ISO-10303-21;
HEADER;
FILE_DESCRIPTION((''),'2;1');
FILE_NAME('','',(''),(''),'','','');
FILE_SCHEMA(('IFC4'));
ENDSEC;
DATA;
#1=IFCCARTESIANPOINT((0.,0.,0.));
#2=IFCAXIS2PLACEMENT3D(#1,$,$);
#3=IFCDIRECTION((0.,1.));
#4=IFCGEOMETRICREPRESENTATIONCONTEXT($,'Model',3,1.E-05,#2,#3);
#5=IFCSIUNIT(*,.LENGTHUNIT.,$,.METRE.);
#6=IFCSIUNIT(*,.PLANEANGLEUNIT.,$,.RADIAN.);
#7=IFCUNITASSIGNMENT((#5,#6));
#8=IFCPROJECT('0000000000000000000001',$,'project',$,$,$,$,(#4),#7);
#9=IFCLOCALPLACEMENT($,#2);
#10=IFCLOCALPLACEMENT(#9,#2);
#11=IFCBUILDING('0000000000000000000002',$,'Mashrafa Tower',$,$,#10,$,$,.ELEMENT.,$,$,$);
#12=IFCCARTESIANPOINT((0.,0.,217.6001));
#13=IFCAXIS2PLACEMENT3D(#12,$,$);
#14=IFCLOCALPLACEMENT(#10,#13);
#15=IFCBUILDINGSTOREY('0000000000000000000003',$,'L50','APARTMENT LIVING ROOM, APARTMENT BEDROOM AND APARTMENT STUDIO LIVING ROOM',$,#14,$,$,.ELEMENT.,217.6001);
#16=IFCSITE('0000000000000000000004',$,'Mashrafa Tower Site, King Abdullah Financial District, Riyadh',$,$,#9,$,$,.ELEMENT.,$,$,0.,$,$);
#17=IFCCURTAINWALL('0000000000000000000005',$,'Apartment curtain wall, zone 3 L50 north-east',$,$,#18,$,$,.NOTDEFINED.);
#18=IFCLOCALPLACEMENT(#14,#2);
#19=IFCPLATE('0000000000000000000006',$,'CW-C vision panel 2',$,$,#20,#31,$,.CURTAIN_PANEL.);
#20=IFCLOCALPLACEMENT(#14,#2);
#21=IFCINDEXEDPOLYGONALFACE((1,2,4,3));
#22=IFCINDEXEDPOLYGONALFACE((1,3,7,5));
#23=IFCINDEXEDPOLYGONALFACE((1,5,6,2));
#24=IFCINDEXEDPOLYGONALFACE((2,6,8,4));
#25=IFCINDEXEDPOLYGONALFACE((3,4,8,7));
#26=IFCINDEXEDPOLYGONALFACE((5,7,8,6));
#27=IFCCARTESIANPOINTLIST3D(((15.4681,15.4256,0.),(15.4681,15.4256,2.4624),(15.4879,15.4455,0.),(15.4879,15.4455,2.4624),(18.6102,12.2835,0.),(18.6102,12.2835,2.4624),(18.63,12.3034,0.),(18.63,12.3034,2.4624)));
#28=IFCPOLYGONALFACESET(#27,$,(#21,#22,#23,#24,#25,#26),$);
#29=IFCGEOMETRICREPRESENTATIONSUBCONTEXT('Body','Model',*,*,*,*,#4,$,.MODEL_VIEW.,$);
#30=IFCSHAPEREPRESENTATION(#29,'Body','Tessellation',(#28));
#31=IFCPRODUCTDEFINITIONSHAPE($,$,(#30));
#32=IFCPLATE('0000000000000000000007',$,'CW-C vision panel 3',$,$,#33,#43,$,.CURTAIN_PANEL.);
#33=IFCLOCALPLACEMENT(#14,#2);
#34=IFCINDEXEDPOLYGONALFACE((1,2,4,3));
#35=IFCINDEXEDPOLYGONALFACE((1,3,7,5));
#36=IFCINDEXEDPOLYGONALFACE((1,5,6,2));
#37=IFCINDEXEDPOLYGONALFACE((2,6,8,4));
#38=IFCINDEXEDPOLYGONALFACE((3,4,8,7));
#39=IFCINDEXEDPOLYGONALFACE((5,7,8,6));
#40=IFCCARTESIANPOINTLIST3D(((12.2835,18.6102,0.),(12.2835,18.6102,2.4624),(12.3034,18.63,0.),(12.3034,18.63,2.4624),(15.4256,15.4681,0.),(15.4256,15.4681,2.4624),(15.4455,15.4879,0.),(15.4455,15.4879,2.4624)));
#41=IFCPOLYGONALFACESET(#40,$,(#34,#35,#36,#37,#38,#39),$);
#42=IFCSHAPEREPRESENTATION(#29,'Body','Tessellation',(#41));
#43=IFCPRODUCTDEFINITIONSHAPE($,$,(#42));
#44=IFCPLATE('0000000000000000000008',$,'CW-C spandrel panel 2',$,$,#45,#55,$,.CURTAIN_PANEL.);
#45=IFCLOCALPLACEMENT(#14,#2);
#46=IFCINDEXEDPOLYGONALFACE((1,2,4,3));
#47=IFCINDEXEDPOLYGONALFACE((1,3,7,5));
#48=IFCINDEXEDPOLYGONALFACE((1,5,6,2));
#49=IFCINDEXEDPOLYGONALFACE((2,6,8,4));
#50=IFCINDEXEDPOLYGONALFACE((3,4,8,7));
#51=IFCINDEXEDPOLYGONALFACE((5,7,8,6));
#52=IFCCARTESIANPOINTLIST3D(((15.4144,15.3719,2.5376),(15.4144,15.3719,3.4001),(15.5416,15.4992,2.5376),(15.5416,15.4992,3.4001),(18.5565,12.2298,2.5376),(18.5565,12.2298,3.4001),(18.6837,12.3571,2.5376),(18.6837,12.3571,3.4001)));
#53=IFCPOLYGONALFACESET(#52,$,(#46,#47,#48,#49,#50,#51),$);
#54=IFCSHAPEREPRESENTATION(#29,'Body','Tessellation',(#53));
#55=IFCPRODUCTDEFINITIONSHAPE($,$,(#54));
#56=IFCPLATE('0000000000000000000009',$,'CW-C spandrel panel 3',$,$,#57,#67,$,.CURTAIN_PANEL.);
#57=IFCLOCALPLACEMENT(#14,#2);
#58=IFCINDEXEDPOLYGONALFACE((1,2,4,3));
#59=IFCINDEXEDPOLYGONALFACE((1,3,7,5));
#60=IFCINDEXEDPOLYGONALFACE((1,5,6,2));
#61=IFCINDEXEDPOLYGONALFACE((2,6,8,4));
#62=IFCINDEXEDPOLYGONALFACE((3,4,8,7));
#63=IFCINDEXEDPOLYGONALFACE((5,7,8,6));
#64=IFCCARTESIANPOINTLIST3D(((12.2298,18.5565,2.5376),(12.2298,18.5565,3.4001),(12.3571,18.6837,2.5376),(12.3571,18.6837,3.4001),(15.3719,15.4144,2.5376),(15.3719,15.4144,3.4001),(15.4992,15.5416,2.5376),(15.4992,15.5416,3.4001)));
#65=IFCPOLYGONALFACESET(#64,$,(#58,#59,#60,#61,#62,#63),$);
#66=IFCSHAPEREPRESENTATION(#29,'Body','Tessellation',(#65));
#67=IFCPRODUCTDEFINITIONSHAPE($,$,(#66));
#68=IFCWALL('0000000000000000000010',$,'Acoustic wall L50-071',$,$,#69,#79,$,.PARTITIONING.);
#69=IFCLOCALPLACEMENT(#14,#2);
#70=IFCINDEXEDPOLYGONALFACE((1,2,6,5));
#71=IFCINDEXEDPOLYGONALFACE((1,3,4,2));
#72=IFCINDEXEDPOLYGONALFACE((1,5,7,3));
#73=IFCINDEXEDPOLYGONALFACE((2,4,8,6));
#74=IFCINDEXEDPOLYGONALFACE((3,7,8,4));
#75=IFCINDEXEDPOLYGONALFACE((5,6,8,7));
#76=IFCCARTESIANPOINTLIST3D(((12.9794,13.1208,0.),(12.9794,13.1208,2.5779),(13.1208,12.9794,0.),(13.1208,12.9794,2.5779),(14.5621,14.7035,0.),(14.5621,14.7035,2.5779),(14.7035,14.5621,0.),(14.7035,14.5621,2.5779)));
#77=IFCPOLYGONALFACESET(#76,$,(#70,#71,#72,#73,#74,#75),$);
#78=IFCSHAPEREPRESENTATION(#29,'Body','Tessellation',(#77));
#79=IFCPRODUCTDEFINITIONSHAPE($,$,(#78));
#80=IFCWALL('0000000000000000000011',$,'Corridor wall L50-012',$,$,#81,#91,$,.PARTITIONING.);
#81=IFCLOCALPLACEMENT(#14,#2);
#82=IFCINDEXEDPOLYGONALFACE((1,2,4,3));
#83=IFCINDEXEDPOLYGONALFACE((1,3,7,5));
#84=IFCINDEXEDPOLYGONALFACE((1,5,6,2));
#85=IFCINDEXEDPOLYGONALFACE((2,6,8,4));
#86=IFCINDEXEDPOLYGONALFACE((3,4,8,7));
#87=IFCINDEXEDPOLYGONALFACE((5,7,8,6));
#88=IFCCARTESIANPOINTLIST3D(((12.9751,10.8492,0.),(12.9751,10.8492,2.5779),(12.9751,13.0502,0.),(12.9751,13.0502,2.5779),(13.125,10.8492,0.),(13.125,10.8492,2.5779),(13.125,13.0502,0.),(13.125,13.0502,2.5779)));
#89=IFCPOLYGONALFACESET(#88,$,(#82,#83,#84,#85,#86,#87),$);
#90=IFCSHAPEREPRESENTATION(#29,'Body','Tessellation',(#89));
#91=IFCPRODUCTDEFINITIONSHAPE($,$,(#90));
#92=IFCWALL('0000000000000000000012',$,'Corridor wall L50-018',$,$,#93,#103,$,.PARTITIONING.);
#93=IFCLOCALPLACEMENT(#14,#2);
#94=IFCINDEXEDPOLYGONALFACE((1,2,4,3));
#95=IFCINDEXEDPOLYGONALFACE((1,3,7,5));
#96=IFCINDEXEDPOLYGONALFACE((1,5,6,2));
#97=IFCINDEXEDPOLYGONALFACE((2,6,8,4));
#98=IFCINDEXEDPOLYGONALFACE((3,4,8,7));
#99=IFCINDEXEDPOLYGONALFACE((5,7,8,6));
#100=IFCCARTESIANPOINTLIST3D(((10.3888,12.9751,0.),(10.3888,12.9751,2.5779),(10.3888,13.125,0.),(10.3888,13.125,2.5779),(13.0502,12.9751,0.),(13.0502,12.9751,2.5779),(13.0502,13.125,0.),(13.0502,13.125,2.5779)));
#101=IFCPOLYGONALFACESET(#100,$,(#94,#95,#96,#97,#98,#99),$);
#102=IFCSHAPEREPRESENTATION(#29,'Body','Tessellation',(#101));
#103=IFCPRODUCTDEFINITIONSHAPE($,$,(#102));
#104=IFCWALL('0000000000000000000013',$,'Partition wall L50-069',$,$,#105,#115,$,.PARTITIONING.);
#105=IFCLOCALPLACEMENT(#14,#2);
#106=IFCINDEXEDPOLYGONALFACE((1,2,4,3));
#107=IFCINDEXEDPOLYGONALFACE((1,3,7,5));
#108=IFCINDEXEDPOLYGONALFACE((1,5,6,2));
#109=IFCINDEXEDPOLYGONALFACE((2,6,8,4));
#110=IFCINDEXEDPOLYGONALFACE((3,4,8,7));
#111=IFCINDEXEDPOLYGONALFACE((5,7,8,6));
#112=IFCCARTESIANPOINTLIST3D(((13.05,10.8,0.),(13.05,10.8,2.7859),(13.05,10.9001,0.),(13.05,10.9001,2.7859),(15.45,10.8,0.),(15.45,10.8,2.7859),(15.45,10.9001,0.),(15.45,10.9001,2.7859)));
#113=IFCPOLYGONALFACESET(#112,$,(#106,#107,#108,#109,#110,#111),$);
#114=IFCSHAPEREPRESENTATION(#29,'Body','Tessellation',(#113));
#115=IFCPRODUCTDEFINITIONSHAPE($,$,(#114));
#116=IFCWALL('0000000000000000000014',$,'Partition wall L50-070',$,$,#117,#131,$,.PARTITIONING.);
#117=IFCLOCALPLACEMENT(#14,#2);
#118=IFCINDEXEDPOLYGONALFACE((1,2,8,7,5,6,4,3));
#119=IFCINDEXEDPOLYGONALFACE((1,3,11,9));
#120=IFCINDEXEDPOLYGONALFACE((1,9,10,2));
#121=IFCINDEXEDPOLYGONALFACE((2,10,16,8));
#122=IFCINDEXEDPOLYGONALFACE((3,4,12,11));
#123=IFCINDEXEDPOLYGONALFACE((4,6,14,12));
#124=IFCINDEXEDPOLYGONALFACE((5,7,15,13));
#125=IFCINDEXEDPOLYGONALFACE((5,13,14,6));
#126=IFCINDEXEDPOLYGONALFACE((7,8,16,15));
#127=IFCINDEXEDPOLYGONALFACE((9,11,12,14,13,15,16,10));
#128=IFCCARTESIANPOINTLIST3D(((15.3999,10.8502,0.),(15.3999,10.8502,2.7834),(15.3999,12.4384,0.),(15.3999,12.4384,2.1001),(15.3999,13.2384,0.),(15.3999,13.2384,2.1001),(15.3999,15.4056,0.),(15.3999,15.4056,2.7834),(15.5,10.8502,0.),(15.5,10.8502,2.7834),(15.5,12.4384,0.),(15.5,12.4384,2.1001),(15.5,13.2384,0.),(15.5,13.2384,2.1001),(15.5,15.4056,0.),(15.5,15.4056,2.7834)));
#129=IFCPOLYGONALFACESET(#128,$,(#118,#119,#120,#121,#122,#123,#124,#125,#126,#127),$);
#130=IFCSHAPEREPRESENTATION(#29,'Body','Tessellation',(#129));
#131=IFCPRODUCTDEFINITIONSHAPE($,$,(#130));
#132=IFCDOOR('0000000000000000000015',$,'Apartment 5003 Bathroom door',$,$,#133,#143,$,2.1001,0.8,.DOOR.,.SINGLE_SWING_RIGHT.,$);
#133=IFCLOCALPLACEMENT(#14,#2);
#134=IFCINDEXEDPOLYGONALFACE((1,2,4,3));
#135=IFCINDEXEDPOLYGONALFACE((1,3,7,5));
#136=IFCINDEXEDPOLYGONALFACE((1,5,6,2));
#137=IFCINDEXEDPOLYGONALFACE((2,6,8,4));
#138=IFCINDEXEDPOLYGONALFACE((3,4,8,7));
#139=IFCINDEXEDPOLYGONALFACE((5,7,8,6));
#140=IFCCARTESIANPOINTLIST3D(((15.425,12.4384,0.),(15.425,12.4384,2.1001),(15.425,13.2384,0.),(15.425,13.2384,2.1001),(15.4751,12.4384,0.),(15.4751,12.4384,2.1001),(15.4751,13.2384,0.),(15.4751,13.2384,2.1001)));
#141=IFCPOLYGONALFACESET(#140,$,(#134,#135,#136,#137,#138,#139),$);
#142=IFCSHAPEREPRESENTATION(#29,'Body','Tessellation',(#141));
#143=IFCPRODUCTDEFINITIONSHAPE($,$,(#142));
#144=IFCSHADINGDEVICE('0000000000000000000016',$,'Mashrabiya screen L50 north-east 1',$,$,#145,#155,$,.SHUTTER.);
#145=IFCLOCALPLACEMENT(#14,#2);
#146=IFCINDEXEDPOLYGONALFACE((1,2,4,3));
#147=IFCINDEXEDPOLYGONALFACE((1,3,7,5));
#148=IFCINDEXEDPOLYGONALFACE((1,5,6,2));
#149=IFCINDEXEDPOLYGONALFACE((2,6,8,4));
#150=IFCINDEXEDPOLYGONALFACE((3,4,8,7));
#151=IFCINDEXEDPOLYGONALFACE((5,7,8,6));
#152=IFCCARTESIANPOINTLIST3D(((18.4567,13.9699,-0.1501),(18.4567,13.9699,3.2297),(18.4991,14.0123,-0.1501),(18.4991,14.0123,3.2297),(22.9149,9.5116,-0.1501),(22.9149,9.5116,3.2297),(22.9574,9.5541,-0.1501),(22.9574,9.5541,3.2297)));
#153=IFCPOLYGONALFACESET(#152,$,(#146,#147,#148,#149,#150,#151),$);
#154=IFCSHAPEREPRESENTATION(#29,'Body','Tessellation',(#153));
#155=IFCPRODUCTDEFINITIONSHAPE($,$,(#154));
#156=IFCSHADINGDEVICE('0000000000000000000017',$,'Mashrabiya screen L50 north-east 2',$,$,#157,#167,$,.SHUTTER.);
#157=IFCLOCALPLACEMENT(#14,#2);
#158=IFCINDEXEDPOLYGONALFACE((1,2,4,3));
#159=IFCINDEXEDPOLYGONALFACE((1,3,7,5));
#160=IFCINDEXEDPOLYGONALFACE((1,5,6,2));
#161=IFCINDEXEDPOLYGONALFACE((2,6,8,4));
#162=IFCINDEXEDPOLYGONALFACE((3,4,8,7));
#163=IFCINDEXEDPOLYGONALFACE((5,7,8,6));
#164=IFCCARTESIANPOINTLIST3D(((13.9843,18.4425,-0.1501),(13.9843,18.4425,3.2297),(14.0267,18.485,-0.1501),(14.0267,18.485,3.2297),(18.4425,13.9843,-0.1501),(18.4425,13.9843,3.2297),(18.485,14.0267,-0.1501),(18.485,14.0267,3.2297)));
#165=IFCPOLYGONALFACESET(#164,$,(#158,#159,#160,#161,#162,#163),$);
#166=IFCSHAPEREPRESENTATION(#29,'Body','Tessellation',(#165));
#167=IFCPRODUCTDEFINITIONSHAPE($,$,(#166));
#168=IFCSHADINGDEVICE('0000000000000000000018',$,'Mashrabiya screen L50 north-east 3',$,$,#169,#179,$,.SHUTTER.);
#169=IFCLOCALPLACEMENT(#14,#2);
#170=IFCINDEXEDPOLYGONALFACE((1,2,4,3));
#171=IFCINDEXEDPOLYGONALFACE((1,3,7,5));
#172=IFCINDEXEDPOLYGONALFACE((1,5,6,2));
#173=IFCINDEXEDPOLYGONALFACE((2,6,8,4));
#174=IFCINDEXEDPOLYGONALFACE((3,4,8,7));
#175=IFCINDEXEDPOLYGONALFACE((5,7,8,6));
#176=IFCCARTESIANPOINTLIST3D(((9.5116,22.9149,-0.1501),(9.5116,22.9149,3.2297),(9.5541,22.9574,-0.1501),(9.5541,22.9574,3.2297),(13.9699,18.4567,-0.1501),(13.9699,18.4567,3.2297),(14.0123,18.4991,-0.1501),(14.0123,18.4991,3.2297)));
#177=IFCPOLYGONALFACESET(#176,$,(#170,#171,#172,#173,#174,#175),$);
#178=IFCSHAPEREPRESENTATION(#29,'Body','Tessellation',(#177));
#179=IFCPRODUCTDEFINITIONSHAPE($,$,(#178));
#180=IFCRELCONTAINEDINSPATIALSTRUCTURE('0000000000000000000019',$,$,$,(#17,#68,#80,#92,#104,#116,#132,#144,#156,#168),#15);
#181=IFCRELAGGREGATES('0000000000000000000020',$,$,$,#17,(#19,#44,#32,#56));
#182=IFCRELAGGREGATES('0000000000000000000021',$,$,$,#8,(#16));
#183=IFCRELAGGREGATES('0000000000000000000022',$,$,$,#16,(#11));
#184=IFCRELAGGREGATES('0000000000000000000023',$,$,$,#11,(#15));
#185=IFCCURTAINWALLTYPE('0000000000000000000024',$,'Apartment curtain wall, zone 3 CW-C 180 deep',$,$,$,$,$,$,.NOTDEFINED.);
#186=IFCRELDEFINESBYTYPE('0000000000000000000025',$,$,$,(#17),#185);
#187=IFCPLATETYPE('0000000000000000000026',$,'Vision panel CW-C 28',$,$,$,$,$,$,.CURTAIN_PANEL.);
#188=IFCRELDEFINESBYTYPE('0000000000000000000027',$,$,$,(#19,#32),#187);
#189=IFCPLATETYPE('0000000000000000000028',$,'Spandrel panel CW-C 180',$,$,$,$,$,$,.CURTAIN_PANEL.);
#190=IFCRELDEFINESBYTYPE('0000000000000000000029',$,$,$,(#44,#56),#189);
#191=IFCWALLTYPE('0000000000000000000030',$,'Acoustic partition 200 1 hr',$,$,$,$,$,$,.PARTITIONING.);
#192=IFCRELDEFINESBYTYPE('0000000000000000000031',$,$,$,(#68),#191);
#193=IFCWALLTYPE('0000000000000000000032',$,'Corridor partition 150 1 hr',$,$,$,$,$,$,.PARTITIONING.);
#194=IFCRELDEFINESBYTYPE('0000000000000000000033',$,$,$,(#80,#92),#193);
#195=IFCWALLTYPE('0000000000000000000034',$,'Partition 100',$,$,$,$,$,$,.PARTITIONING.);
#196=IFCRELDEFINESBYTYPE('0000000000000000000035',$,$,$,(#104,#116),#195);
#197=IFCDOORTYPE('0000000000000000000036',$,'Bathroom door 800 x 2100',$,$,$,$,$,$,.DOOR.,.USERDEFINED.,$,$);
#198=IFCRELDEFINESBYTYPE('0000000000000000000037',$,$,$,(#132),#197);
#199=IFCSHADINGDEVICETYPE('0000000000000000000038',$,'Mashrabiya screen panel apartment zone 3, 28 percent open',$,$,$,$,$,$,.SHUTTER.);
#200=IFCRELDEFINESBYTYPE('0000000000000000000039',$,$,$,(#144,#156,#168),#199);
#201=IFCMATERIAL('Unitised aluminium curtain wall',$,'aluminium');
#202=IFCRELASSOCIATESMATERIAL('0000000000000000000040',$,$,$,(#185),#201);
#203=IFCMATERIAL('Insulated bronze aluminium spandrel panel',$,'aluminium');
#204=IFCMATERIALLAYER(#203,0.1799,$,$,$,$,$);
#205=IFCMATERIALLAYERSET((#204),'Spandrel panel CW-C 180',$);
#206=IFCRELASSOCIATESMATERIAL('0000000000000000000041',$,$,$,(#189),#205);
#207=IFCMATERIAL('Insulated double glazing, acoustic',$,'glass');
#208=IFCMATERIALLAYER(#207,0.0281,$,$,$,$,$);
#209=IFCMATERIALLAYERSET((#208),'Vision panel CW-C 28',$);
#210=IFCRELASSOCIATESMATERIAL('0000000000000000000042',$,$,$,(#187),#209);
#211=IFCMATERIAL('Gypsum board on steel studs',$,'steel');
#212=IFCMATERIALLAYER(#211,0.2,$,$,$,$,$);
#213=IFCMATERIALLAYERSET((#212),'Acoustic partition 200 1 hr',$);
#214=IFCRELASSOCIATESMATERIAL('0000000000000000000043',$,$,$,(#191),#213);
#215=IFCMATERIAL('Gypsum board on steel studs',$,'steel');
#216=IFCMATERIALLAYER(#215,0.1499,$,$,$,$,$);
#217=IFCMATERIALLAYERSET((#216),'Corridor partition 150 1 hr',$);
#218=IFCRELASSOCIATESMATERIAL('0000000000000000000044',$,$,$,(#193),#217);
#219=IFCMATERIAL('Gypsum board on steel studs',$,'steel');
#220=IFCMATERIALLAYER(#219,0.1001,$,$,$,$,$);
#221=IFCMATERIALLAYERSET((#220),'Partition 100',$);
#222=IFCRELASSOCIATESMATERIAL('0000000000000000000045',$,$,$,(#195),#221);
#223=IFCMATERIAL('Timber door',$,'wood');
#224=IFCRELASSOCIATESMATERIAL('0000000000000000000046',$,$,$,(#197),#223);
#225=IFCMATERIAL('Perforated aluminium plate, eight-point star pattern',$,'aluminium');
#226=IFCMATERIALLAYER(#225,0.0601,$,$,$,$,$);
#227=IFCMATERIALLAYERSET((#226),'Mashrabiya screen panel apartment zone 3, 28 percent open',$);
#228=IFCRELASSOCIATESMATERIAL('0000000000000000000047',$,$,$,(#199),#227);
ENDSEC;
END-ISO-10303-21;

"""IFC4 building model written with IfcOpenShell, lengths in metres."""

from ifc_helpers import new_model, si_unit, direction, frame, frame_2d, origin, origin_2d, place, context, subcontext, project, spatial, rectangle, extrude, source, transform, mapped, material, layer, layer_set, type_object, type_shapes, element, fill, aggregate, save


model = new_model("IFC4")

# Units and contexts
model_context = context("Model", 3, precision=1e-05, world=origin(), true_north=direction((0.0, 1.0)))
body_context = subcontext(model_context, "Body", "Model", "MODEL_VIEW")
ifc_project = project(units=[si_unit("LENGTHUNIT", "METRE"), si_unit("PLANEANGLEUNIT", "RADIAN")], contexts=[model_context])

# Site, building, storey
site_placement = place(None, origin())
site = spatial("IfcSite", under=ifc_project, at=site_placement, Name="Mashrafa Tower Site, King Abdullah Financial District, Riyadh", CompositionType="ELEMENT", RefElevation=0.0)
building_placement = place(site_placement, origin())
building = spatial("IfcBuilding", under=site, at=building_placement, Name="Mashrafa Tower", CompositionType="ELEMENT")
storey_placement = place(building_placement, frame((0.0, 0.0, 217.6001)))
storey = spatial("IfcBuildingStorey", under=building, at=storey_placement, Name="L50", Description="APARTMENT LIVING ROOM, APARTMENT BEDROOM AND APARTMENT STUDIO LIVING ROOM", CompositionType="ELEMENT", Elevation=217.6001)

# Curtain wall, plates
ifc_material_1 = material(Name="Unitised aluminium curtain wall", Category="aluminium")
curtain_wall_type = type_object("IfcCurtainWallType", Name="Apartment curtain wall, zone 3 CW-C 180 deep", PredefinedType="NOTDEFINED", material=ifc_material_1)
curtain_wall_placement = place(storey_placement, origin())
curtain_wall = element("IfcCurtainWall", 1, at=curtain_wall_placement, inside=storey, type_object=curtain_wall_type, Name="Apartment curtain wall, zone 3 L50 north-east", PredefinedType="NOTDEFINED")
ifc_material_2 = material(Name="Insulated bronze aluminium spandrel panel", Category="aluminium")
ifc_layer_1 = layer(ifc_material_2, 0.1799)
ifc_layer_set_1 = layer_set([ifc_layer_1], Name="Spandrel panel CW-C 180")
plate_type_1 = type_object("IfcPlateType", Name="Spandrel panel CW-C 180", PredefinedType="CURTAIN_PANEL", material=ifc_layer_set_1)
ifc_material_3 = material(Name="Insulated double glazing, acoustic", Category="glass")
ifc_layer_2 = layer(ifc_material_3, 0.0281)
ifc_layer_set_2 = layer_set([ifc_layer_2], Name="Vision panel CW-C 28")
plate_type_2 = type_object("IfcPlateType", Name="Vision panel CW-C 28", PredefinedType="CURTAIN_PANEL", material=ifc_layer_set_2)
shared_shape_1 = source(origin(), body_context, "Body", "SweptSolid", [
    extrude(rectangle(XDim=4.4436, YDim=0.0281, at=origin_2d()), origin(), (0.0, 0.0, 1.0), 2.4624),
])
type_shapes(plate_type_2, [shared_shape_1])
plate_1_placement = place(storey_placement, frame((17.0491, 13.8645, 0.0), z_axis=(0.0, 0.0, 1.0), x_axis=(-0.707107, 0.707107, 0.0)))
plate_1 = element("IfcPlate", 2, at=plate_1_placement, type_object=plate_type_2, Name="CW-C vision panel 2", PredefinedType="CURTAIN_PANEL", context=body_context, shape_type="MappedRepresentation", body=[
    mapped(shared_shape_1, transform((0.0, 0.0, 0.0))),
])
plate_2_placement = place(storey_placement, frame((13.8645, 17.0491, 0.0), z_axis=(0.0, 0.0, 1.0), x_axis=(-0.707107, 0.707107, 0.0)))
plate_2 = element("IfcPlate", 3, at=plate_2_placement, type_object=plate_type_2, Name="CW-C vision panel 3", PredefinedType="CURTAIN_PANEL", context=body_context, shape_type="MappedRepresentation", body=[
    mapped(shared_shape_1, transform((0.0, 0.0, 0.0))),
])
shared_shape_2 = source(origin(), body_context, "Body", "SweptSolid", [
    extrude(rectangle(XDim=4.4436, YDim=0.1799, at=origin_2d()), origin(), (0.0, 0.0, 1.0), 0.8625),
])
plate_3_placement = place(storey_placement, frame((17.0491, 13.8645, 2.5376), z_axis=(0.0, 0.0, 1.0), x_axis=(-0.707107, 0.707107, 0.0)))
plate_3 = element("IfcPlate", 4, at=plate_3_placement, type_object=plate_type_1, Name="CW-C spandrel panel 2", PredefinedType="CURTAIN_PANEL", context=body_context, shape_type="MappedRepresentation", body=[
    mapped(shared_shape_2, transform((0.0, 0.0, 0.0))),
])
plate_4_placement = place(storey_placement, frame((13.8645, 17.0491, 2.5376), z_axis=(0.0, 0.0, 1.0), x_axis=(-0.707107, 0.707107, 0.0)))
plate_4 = element("IfcPlate", 5, at=plate_4_placement, type_object=plate_type_1, Name="CW-C spandrel panel 3", PredefinedType="CURTAIN_PANEL", context=body_context, shape_type="MappedRepresentation", body=[
    mapped(shared_shape_2, transform((0.0, 0.0, 0.0))),
])
aggregate(curtain_wall, [plate_1, plate_3, plate_2, plate_4])

# Walls
ifc_material_4 = material(Name="Gypsum board on steel studs", Category="steel")
ifc_layer_3 = layer(ifc_material_4, 0.2)
ifc_layer_set_3 = layer_set([ifc_layer_3], Name="Acoustic partition 200 1 hr")
wall_type_1 = type_object("IfcWallType", Name="Acoustic partition 200 1 hr", PredefinedType="PARTITIONING", material=ifc_layer_set_3)
wall_1_placement = place(storey_placement, frame((14.6328, 14.6328, 0.0), z_axis=(0.0, 0.0, 1.0), x_axis=(-0.707107, -0.707107, 0.0)))
element("IfcWall", 6, at=wall_1_placement, inside=storey, type_object=wall_type_1, Name="Acoustic wall L50-071", PredefinedType="PARTITIONING", context=body_context, shape_type="SweptSolid", body=[
    extrude(rectangle(XDim=2.2383, YDim=0.2, at=frame_2d((1.1191, 0.0))), origin(), (0.0, 0.0, 1.0), 2.5779),
])
ifc_material_5 = material(Name="Gypsum board on steel studs", Category="steel")
ifc_layer_4 = layer(ifc_material_5, 0.1499)
ifc_layer_set_4 = layer_set([ifc_layer_4], Name="Corridor partition 150 1 hr")
wall_type_2 = type_object("IfcWallType", Name="Corridor partition 150 1 hr", PredefinedType="PARTITIONING", material=ifc_layer_set_4)
wall_2_placement = place(storey_placement, frame((13.05, 10.8491, 0.0), z_axis=(0.0, 0.0, 1.0), x_axis=(0.0, 1.0, 0.0)))
element("IfcWall", 7, at=wall_2_placement, inside=storey, type_object=wall_type_2, Name="Corridor wall L50-012", PredefinedType="PARTITIONING", context=body_context, shape_type="SweptSolid", body=[
    extrude(rectangle(XDim=2.2009, YDim=0.1499, at=frame_2d((1.1006, 0.0))), origin(), (0.0, 0.0, 1.0), 2.5779),
])
wall_3_placement = place(storey_placement, frame((13.05, 13.05, 0.0), z_axis=(0.0, 0.0, 1.0), x_axis=(-1.0, 0.0, 0.0)))
element("IfcWall", 8, at=wall_3_placement, inside=storey, type_object=wall_type_2, Name="Corridor wall L50-018", PredefinedType="PARTITIONING", context=body_context, shape_type="SweptSolid", body=[
    extrude(rectangle(XDim=2.6614, YDim=0.1499, at=frame_2d((1.3306, 0.0))), origin(), (0.0, 0.0, 1.0), 2.5779),
])
ifc_material_6 = material(Name="Gypsum board on steel studs", Category="steel")
ifc_layer_5 = layer(ifc_material_6, 0.1001)
ifc_layer_set_5 = layer_set([ifc_layer_5], Name="Partition 100")
wall_type_3 = type_object("IfcWallType", Name="Partition 100", PredefinedType="PARTITIONING", material=ifc_layer_set_5)
wall_4_placement = place(storey_placement, frame((13.05, 10.8501, 0.0), z_axis=(0.0, 0.0, 1.0), x_axis=(1.0, 0.0, 0.0)))
element("IfcWall", 9, at=wall_4_placement, inside=storey, type_object=wall_type_3, Name="Partition wall L50-069", PredefinedType="PARTITIONING", context=body_context, shape_type="SweptSolid", body=[
    extrude(rectangle(XDim=2.3999, YDim=0.1001, at=frame_2d((1.2, 0.0))), origin(), (0.0, 0.0, 1.0), 2.7859),
])

# Wall, opening, door
wall_5_placement = place(storey_placement, frame((15.45, 10.8501, 0.0), z_axis=(0.0, 0.0, 1.0), x_axis=(0.0, 1.0, 0.0)))
wall_5 = element("IfcWall", 10, at=wall_5_placement, inside=storey, type_object=wall_type_3, Name="Partition wall L50-070", PredefinedType="PARTITIONING", context=body_context, shape_type="SweptSolid", body=[
    extrude(rectangle(XDim=4.5554, YDim=0.1001, at=frame_2d((2.2778, 0.0))), origin(), (0.0, 0.0, 1.0), 2.7834),
])
opening_placement = place(wall_5_placement, frame((1.5884, 0.0, 0.0)))
opening = element("IfcOpeningElement", 11, at=opening_placement, cuts=wall_5, PredefinedType="OPENING", context=body_context, shape_type="SweptSolid", body=[
    extrude(rectangle(XDim=0.8, YDim=2.1001, at=frame_2d((0.3999, 1.05))), frame((0.0, 0.0601, 0.0), z_axis=(0.0, -1.0, 0.0), x_axis=(1.0, 0.0, 0.0)), (0.0, 0.0, 1.0), 0.1201),
])
ifc_material_7 = material(Name="Timber door", Category="wood")
door_type = type_object("IfcDoorType", Name="Bathroom door 800 x 2100", OperationType="USERDEFINED", PredefinedType="DOOR", material=ifc_material_7)
door_placement = place(opening_placement, origin())
door = element("IfcDoor", 12, at=door_placement, inside=storey, type_object=door_type, Name="Apartment 5003 Bathroom door", OperationType="SINGLE_SWING_RIGHT", OverallHeight=2.1001, OverallWidth=0.8, PredefinedType="DOOR", context=body_context, shape_type="SweptSolid", body=[
    extrude(rectangle(XDim=0.8, YDim=2.1001, at=frame_2d((0.3999, 1.05))), frame((0.0, 0.0249, 0.0), z_axis=(0.0, -1.0, 0.0), x_axis=(1.0, 0.0, 0.0)), (0.0, 0.0, 1.0), 0.05),
])
fill(opening, door)

# Shading devices
ifc_material_8 = material(Name="Perforated aluminium plate, eight-point star pattern", Category="aluminium")
ifc_layer_6 = layer(ifc_material_8, 0.0601)
ifc_layer_set_6 = layer_set([ifc_layer_6], Name="Mashrabiya screen panel apartment zone 3, 28 percent open")
shading_device_type = type_object("IfcShadingDeviceType", Name="Mashrabiya screen panel apartment zone 3, 28 percent open", PredefinedType="SHUTTER", material=ifc_layer_set_6)
shared_shape_3 = source(origin(), body_context, "Body", "SweptSolid", [
    extrude(rectangle(XDim=6.3049, YDim=0.0601, at=origin_2d()), origin(), (0.0, 0.0, 1.0), 3.3799),
])
type_shapes(shading_device_type, [shared_shape_3])
for number, where, z_axis, x_axis, name in (
    (13, (20.707, 11.762, -0.1501), (0.0, 0.0, 1.0), (-0.707107, 0.707107, 0.0), "Mashrabiya screen L50 north-east 1"),
    (14, (16.2346, 16.2346, -0.1501), (0.0, 0.0, 1.0), (-0.707107, 0.707107, 0.0), "Mashrabiya screen L50 north-east 2"),
    (15, (11.762, 20.707, -0.1501), (0.0, 0.0, 1.0), (-0.707107, 0.707107, 0.0), "Mashrabiya screen L50 north-east 3"),
):
    element("IfcShadingDevice", number, at=place(storey_placement, frame(where, z_axis=z_axis, x_axis=x_axis)), inside=storey, type_object=shading_device_type, Name=name, PredefinedType="SHUTTER", context=body_context, shape_type="MappedRepresentation", body=[
        mapped(shared_shape_3, transform((0.0, 0.0, 0.0))),
    ])

save(model, "model.ifc")
